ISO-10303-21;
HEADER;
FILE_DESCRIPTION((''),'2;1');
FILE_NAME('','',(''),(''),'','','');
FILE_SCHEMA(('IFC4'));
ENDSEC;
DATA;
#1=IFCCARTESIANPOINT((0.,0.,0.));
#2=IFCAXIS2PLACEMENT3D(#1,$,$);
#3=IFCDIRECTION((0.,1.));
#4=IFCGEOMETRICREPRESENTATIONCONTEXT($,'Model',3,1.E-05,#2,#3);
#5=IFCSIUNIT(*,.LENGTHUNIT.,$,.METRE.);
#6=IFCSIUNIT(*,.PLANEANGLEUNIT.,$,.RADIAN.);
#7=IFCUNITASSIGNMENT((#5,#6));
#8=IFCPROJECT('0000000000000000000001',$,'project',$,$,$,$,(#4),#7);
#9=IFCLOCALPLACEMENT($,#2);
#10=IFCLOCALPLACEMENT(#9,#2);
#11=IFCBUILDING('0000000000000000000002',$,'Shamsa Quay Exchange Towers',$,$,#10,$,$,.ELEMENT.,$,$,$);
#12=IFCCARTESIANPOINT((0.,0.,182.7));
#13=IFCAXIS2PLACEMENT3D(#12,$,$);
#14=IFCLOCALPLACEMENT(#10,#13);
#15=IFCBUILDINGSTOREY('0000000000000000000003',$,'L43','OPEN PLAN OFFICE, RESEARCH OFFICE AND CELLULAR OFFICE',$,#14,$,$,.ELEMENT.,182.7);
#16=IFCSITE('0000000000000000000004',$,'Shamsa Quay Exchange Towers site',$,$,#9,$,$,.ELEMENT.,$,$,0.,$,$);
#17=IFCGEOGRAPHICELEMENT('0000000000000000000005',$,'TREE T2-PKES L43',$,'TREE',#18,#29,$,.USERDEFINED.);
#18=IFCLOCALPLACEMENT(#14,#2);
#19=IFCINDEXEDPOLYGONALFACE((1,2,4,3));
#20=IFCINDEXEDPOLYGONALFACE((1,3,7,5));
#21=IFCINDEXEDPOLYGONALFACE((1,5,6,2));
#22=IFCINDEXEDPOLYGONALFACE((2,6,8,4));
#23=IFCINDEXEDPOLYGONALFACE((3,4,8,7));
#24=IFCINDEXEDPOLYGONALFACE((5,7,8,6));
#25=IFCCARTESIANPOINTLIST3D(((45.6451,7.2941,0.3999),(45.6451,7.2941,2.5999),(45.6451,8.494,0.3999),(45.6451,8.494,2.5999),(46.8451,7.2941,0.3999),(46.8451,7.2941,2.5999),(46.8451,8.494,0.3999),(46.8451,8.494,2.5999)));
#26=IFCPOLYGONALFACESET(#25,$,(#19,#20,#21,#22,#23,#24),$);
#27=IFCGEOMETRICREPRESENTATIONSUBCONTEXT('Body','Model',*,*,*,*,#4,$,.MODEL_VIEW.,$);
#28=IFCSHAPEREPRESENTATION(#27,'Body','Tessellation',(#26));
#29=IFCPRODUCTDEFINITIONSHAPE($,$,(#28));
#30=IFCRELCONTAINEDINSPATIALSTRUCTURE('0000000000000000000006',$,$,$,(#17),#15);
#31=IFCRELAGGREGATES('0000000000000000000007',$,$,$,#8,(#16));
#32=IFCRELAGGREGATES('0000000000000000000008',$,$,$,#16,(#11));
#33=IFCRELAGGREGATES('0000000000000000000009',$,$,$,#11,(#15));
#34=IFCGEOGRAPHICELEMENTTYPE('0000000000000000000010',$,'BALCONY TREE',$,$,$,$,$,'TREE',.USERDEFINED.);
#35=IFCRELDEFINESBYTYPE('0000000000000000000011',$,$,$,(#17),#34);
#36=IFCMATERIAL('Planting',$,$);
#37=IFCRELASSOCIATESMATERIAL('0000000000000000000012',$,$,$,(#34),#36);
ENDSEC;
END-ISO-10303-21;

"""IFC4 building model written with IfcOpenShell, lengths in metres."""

from ifc_helpers import new_model, si_unit, direction, frame, origin, origin_2d, place, context, subcontext, project, spatial, rectangle, extrude, material, type_object, element, save


model = new_model("IFC4")

# Units and contexts
model_context = context("Model", 3, precision=1e-05, world=origin(), true_north=direction((0.0, 1.0)))
body_context = subcontext(model_context, "Body", "Model", "MODEL_VIEW")
ifc_project = project(units=[si_unit("LENGTHUNIT", "METRE"), si_unit("PLANEANGLEUNIT", "RADIAN")], contexts=[model_context])

# Site, building, storey
site_placement = place(None, origin())
site = spatial("IfcSite", under=ifc_project, at=site_placement, Name="Shamsa Quay Exchange Towers site", CompositionType="ELEMENT", RefElevation=0.0)
building_placement = place(site_placement, origin())
building = spatial("IfcBuilding", under=site, at=building_placement, Name="Shamsa Quay Exchange Towers", CompositionType="ELEMENT")
storey_placement = place(building_placement, frame((0.0, 0.0, 182.7)))
storey = spatial("IfcBuildingStorey", under=building, at=storey_placement, Name="L43", Description="OPEN PLAN OFFICE, RESEARCH OFFICE AND CELLULAR OFFICE", CompositionType="ELEMENT", Elevation=182.7)

# Geographic element
ifc_material_1 = material(Name="Planting")
geographic_element_type = type_object("IfcGeographicElementType", Name="BALCONY TREE", ElementType="TREE", PredefinedType="USERDEFINED", material=ifc_material_1)
geographic_element_placement = place(storey_placement, frame((46.2451, 7.894, 0.3999), z_axis=(0.0, 0.0, 1.0), x_axis=(0.0, 1.0, 0.0)))
element("IfcGeographicElement", 1, at=geographic_element_placement, inside=storey, type_object=geographic_element_type, Name="TREE T2-PKES L43", ObjectType="TREE", PredefinedType="USERDEFINED", context=body_context, shape_type="SweptSolid", body=[
    extrude(rectangle(XDim=1.2, YDim=1.2, at=origin_2d()), origin(), (0.0, 0.0, 1.0), 2.2),
])

save(model, "model.ifc")
